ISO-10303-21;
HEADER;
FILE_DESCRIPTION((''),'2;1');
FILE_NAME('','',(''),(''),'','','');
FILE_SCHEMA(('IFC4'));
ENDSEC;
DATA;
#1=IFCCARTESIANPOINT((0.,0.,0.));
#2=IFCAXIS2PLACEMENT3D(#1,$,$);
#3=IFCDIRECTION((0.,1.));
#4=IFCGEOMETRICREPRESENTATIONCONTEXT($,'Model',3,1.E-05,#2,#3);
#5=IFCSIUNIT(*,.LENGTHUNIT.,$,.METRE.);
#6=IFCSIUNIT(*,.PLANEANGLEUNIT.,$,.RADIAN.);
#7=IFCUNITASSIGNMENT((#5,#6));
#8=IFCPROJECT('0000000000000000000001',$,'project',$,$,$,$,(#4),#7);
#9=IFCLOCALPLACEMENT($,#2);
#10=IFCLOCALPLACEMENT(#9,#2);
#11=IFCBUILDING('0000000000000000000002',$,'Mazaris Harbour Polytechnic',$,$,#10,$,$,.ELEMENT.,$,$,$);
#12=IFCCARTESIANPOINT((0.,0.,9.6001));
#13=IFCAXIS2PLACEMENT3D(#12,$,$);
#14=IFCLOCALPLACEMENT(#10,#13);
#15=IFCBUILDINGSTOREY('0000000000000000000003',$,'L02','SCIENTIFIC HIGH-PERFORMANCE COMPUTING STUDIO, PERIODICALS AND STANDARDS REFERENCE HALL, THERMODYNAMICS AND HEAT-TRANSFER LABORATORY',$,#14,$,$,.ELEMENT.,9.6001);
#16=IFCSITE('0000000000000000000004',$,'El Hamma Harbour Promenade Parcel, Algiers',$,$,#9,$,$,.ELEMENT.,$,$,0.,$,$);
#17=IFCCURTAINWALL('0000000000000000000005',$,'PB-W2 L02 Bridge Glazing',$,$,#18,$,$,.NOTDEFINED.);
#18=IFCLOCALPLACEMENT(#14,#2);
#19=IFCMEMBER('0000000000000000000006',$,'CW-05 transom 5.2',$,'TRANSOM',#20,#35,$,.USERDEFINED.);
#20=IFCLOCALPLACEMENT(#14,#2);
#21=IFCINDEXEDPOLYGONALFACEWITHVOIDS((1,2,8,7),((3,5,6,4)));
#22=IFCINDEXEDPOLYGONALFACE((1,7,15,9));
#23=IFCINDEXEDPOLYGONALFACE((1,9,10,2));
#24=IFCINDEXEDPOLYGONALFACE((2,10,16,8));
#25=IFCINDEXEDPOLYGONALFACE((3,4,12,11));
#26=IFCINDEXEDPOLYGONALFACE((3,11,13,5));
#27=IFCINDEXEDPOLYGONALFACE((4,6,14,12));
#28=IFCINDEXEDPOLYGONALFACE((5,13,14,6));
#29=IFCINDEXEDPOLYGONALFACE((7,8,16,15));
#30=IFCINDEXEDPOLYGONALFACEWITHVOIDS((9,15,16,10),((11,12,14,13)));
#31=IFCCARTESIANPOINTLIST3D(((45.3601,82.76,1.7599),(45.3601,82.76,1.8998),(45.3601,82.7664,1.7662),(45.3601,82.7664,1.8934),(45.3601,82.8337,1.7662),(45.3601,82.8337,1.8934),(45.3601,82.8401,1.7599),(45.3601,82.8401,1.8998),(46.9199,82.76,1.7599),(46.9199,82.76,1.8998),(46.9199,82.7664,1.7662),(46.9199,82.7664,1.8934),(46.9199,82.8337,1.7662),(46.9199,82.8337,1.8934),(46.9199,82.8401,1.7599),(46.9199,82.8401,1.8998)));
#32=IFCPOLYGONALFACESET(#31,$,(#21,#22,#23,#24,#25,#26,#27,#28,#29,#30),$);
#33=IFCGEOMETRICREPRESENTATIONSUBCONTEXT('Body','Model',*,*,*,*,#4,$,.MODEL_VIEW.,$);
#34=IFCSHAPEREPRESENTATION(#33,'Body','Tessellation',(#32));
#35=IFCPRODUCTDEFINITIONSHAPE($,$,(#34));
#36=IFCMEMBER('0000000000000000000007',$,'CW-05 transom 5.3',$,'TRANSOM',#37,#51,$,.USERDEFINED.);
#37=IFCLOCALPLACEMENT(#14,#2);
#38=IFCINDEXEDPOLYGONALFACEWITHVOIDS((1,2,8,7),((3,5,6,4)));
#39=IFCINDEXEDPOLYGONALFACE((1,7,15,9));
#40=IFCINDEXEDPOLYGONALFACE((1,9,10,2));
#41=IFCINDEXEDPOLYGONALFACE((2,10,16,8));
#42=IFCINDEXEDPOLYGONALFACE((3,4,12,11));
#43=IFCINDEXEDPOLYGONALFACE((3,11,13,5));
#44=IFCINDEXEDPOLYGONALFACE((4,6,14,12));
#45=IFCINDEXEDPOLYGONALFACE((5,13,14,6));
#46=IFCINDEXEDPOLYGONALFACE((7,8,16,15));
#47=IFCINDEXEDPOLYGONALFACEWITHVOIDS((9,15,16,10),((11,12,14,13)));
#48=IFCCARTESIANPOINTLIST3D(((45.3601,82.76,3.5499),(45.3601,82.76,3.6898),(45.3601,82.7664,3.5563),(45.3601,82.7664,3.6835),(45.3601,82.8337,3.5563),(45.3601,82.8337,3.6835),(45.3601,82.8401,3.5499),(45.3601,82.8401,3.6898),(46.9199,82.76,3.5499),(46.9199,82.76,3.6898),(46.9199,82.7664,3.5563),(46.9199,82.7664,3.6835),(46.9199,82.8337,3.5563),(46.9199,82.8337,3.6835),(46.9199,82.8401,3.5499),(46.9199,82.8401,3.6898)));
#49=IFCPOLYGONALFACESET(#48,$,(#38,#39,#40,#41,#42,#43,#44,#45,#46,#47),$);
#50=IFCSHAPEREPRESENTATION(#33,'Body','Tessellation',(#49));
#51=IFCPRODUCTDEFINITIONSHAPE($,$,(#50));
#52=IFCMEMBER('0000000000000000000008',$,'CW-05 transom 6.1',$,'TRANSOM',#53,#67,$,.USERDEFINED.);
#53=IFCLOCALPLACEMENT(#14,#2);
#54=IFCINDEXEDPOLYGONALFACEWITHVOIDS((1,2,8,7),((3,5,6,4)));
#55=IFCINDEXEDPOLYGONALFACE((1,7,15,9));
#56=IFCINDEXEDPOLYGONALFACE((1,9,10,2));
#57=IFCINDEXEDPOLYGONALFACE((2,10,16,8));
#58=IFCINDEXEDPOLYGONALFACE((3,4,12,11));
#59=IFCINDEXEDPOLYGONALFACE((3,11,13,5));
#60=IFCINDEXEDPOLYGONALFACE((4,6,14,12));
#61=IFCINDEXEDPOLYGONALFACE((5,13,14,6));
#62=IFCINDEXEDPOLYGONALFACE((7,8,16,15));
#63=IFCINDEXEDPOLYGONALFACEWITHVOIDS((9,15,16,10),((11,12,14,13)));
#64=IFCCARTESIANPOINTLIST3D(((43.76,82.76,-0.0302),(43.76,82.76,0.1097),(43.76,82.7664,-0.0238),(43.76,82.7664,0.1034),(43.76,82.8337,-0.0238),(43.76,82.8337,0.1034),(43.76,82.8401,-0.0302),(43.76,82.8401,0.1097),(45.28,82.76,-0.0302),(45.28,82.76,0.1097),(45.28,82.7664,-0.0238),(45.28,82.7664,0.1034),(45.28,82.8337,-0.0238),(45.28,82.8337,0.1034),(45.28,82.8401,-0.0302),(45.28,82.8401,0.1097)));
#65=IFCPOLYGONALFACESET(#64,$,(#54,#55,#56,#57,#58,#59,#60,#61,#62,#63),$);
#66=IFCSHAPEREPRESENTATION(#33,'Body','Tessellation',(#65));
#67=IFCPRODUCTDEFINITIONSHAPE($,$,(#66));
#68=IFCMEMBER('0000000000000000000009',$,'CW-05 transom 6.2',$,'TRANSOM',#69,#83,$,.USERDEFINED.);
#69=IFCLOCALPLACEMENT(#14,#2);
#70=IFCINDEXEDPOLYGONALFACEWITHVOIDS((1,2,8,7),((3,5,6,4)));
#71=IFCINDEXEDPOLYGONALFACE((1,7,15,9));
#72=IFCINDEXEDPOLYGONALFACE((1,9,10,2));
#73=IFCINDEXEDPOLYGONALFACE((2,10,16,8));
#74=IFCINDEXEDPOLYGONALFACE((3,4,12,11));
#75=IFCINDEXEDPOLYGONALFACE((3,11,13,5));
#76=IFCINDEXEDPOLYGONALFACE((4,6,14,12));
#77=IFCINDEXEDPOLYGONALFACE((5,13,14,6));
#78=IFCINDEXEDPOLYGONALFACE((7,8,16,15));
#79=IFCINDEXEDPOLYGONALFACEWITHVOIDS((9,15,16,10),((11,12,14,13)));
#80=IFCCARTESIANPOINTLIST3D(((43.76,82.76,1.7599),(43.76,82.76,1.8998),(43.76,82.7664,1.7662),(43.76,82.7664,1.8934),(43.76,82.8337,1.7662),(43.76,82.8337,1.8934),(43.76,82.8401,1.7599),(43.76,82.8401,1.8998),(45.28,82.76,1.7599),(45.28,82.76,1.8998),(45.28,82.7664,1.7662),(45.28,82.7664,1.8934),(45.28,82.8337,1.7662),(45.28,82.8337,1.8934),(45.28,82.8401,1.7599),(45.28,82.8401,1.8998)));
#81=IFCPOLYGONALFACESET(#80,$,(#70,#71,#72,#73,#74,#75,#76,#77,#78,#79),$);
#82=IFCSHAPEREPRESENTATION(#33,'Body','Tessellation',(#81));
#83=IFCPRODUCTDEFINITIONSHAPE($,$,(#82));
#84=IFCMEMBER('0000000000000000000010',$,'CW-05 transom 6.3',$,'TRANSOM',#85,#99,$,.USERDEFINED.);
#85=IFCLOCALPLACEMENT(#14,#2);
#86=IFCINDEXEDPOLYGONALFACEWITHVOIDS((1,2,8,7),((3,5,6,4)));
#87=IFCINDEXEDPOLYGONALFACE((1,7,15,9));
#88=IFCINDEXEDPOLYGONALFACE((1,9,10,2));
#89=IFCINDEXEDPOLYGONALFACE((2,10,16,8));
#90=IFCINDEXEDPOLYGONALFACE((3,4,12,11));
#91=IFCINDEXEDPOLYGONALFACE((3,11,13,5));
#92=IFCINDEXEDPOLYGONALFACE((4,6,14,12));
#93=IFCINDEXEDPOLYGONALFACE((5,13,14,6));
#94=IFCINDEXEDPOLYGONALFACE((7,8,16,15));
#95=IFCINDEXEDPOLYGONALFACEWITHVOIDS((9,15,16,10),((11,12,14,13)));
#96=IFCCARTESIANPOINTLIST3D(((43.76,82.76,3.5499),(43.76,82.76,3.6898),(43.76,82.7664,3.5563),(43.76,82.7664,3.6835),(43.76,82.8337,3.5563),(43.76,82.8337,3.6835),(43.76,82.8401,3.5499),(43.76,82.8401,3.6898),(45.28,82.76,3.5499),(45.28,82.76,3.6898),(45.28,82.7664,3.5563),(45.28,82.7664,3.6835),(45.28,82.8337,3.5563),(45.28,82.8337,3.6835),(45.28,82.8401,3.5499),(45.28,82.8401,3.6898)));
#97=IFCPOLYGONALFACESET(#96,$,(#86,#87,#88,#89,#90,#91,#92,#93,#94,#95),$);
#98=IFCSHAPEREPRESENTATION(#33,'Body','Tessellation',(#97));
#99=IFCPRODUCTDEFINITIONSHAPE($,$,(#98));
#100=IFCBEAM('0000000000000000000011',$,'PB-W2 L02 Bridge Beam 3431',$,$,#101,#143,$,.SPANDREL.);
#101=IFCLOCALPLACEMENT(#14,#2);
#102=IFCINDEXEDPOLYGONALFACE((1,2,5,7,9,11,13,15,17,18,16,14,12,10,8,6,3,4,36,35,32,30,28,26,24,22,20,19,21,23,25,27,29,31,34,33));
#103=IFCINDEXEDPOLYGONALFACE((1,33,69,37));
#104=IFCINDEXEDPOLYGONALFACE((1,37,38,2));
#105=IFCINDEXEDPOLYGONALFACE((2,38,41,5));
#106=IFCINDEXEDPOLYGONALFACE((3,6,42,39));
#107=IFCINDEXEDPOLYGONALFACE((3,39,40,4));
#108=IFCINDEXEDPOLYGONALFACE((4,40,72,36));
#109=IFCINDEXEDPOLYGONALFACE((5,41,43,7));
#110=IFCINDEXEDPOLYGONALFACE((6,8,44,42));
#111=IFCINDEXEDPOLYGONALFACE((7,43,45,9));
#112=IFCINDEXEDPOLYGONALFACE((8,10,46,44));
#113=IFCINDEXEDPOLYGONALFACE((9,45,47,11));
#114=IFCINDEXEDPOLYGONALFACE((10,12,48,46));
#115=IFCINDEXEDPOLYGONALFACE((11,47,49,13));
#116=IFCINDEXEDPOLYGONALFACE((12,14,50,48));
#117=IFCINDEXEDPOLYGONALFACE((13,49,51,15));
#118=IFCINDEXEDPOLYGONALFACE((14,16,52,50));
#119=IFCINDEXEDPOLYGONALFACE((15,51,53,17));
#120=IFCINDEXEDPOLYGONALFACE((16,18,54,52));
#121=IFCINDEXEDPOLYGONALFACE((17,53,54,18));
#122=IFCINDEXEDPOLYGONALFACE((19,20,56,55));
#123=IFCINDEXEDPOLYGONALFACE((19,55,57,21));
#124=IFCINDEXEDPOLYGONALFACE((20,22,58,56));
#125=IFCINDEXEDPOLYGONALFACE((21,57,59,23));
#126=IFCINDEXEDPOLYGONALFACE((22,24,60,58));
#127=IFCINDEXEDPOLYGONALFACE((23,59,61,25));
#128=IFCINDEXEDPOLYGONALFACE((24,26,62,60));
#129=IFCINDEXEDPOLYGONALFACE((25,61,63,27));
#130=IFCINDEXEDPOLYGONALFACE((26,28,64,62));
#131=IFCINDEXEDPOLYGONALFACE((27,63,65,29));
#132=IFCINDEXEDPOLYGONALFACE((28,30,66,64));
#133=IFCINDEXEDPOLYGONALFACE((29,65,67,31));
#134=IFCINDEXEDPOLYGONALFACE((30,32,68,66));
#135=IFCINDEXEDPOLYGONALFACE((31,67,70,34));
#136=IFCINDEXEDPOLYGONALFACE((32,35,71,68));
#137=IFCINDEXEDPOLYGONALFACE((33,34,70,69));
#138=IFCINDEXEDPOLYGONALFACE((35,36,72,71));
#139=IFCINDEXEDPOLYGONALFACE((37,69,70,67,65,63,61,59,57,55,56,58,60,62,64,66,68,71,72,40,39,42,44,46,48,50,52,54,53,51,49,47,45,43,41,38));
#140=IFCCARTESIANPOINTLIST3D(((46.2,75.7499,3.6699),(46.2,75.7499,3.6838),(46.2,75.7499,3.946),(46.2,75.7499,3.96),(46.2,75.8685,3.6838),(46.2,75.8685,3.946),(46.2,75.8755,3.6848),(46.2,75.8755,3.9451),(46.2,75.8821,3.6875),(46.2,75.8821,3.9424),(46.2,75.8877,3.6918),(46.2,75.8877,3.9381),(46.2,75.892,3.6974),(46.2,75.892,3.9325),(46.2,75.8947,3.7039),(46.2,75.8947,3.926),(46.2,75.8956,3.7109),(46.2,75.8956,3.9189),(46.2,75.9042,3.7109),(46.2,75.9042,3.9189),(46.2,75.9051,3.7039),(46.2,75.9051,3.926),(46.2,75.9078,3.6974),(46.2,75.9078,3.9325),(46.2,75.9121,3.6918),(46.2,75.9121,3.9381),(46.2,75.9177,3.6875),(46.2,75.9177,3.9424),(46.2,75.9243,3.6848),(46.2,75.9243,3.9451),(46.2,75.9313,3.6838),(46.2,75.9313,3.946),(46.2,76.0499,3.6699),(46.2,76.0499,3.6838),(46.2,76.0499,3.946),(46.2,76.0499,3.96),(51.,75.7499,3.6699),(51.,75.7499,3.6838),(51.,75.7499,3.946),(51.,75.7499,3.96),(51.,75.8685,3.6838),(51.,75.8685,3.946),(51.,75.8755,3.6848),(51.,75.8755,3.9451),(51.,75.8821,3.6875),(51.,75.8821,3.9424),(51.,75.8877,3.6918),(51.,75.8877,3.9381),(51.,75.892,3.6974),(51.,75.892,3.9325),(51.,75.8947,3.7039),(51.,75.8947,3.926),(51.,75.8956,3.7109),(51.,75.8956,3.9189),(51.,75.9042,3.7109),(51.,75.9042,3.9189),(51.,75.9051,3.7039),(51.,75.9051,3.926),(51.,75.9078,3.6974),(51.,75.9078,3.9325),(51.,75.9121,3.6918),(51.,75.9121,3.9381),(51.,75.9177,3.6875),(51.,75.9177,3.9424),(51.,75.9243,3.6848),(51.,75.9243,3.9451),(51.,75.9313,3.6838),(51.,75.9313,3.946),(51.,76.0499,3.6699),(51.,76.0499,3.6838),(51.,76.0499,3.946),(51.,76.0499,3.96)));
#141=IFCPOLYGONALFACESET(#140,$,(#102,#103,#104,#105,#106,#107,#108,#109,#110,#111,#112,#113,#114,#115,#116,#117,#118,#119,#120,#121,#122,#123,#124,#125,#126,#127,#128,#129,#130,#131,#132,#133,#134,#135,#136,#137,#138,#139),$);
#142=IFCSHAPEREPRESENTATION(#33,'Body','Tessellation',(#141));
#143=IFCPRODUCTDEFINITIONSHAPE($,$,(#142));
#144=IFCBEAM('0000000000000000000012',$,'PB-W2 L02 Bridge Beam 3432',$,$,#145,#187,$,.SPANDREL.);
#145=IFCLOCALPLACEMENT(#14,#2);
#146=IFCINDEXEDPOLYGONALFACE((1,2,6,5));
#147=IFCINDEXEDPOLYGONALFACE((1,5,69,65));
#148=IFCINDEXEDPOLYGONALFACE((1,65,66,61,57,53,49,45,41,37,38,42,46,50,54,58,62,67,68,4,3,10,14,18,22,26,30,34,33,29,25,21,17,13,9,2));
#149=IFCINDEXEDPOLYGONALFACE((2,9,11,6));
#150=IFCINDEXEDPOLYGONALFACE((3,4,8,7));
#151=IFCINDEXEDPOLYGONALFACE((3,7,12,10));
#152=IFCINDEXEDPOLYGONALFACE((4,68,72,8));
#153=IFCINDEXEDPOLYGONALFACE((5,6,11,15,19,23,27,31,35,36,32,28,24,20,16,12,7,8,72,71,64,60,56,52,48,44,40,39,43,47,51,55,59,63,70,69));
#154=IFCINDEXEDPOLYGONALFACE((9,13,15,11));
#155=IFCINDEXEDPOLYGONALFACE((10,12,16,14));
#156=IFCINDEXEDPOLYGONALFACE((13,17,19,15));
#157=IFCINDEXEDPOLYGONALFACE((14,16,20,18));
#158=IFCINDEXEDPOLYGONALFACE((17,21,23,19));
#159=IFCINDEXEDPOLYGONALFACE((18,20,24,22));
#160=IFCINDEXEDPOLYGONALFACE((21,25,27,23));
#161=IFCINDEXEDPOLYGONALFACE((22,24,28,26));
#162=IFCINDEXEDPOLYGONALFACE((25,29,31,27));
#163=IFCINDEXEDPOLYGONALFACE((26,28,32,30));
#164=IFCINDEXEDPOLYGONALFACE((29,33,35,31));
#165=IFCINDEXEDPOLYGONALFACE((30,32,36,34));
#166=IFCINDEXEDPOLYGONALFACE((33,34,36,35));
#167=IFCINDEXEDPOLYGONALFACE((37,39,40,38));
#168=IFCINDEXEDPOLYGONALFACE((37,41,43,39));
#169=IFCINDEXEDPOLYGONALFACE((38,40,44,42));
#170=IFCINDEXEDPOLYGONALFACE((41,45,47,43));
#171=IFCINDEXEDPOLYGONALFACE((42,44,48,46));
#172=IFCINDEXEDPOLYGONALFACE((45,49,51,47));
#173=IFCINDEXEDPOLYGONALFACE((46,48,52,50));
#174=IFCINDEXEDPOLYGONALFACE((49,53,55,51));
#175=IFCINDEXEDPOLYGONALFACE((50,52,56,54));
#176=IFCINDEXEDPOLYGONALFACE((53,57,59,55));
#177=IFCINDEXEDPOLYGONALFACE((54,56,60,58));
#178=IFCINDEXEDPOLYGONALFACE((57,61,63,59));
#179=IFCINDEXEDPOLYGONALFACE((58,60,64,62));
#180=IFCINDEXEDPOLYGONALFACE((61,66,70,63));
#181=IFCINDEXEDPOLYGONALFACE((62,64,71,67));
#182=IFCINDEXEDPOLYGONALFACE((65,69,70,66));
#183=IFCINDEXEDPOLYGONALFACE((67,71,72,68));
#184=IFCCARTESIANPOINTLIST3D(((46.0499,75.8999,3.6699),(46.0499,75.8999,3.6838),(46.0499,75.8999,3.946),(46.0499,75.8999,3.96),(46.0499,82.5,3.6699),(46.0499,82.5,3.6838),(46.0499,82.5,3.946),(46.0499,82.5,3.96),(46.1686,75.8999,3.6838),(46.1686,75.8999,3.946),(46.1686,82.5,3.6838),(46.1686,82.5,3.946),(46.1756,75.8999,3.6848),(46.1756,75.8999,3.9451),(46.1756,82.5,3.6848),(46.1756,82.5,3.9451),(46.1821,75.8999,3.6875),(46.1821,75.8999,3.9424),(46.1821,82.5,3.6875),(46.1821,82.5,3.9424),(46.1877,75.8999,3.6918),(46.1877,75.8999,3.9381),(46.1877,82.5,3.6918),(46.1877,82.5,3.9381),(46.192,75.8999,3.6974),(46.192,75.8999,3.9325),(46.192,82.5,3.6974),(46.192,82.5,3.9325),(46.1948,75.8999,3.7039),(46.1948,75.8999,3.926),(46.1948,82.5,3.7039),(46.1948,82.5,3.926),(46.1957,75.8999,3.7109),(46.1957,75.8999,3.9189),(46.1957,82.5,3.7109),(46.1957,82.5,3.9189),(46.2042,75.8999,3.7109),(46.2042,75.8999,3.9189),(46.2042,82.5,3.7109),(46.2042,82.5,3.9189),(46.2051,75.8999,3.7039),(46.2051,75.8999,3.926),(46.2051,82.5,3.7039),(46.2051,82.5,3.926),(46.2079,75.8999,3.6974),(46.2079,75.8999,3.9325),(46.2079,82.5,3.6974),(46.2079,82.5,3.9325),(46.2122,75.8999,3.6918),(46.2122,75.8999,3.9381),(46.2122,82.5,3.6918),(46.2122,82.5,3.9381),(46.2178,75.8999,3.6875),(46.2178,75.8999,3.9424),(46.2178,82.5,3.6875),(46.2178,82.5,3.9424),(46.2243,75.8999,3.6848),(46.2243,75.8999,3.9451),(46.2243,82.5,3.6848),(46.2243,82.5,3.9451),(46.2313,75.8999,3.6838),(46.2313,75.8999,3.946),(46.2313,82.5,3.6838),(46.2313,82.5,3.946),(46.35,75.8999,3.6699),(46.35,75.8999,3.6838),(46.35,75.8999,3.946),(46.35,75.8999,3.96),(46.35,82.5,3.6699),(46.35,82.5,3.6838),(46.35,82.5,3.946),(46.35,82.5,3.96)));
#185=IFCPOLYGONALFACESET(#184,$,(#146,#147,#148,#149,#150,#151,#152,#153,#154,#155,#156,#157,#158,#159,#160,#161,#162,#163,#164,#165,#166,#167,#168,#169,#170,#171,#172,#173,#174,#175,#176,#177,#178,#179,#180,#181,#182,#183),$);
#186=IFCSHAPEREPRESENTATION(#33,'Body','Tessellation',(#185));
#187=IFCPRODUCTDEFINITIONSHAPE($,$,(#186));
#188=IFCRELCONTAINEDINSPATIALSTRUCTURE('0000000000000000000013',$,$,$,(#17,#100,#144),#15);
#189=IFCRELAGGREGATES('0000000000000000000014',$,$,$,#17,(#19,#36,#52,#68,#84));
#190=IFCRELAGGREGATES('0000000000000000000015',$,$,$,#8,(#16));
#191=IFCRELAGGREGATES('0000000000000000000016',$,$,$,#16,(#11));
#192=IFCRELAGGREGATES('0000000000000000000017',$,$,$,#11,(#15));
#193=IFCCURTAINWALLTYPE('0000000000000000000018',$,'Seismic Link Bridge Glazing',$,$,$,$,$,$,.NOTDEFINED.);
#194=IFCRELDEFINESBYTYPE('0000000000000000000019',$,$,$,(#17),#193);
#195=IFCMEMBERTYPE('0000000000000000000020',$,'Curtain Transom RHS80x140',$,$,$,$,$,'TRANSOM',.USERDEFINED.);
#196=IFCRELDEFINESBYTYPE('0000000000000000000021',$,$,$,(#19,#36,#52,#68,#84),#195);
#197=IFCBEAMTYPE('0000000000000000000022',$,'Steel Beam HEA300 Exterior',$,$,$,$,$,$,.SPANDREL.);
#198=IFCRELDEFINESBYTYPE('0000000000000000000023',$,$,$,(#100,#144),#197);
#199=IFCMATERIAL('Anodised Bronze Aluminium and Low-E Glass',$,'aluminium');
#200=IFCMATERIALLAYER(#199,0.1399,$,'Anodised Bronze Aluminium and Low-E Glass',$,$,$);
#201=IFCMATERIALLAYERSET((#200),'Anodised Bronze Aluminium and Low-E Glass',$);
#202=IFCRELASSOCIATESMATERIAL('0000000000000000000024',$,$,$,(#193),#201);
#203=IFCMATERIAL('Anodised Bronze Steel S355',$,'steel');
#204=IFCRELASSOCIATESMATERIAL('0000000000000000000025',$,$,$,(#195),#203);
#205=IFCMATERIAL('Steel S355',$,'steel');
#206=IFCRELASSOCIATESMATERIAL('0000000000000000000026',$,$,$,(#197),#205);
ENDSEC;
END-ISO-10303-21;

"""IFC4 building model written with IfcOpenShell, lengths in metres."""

from ifc_helpers import new_model, si_unit, direction, frame, origin, origin_2d, place, context, subcontext, project, spatial, hollow_rectangle, i_section, extrude, material, layer, layer_set, material_profile, profile_set, type_object, element, aggregate, save


model = new_model("IFC4")

# Units and contexts
model_context = context("Model", 3, precision=1e-05, world=origin(), true_north=direction((0.0, 1.0)))
body_context = subcontext(model_context, "Body", "Model", "MODEL_VIEW")
ifc_project = project(units=[si_unit("LENGTHUNIT", "METRE"), si_unit("PLANEANGLEUNIT", "RADIAN")], contexts=[model_context])

# Site, building, storey
site_placement = place(None, origin())
site = spatial("IfcSite", under=ifc_project, at=site_placement, Name="El Hamma Harbour Promenade Parcel, Algiers", CompositionType="ELEMENT", RefElevation=0.0)
building_placement = place(site_placement, origin())
building = spatial("IfcBuilding", under=site, at=building_placement, Name="Mazaris Harbour Polytechnic", CompositionType="ELEMENT")
storey_placement = place(building_placement, frame((0.0, 0.0, 9.6001)))
storey = spatial("IfcBuildingStorey", under=building, at=storey_placement, Name="L02", Description="SCIENTIFIC HIGH-PERFORMANCE COMPUTING STUDIO, PERIODICALS AND STANDARDS REFERENCE HALL, THERMODYNAMICS AND HEAT-TRANSFER LABORATORY", CompositionType="ELEMENT", Elevation=9.6001)

# Curtain wall, members
ifc_material_1 = material(Name="Anodised Bronze Aluminium and Low-E Glass", Category="aluminium")
ifc_layer_1 = layer(ifc_material_1, 0.1399, Name="Anodised Bronze Aluminium and Low-E Glass")
ifc_layer_set_1 = layer_set([ifc_layer_1], Name="Anodised Bronze Aluminium and Low-E Glass")
curtain_wall_type = type_object("IfcCurtainWallType", Name="Seismic Link Bridge Glazing", PredefinedType="NOTDEFINED", material=ifc_layer_set_1)
curtain_wall_placement = place(storey_placement, origin())
curtain_wall = element("IfcCurtainWall", 1, at=curtain_wall_placement, inside=storey, type_object=curtain_wall_type, Name="PB-W2 L02 Bridge Glazing", PredefinedType="NOTDEFINED")
ifc_material_2 = material(Name="Anodised Bronze Steel S355", Category="steel")
ifc_material_profile_1 = material_profile(ifc_material_2, hollow_rectangle(XDim=0.0801, YDim=0.1399, WallThickness=0.0063, at=origin_2d()), Name="RHS 80x140x6.3")
ifc_profile_set_1 = profile_set([ifc_material_profile_1], Name="Anodised Bronze Steel S355")
member_type_1 = type_object("IfcMemberType", Name="Curtain Transom RHS80x140", ElementType="TRANSOM", PredefinedType="USERDEFINED", material=ifc_profile_set_1)
member_1_placement = place(storey_placement, frame((46.9199, 82.8, 1.8298), z_axis=(-1.0, 0.0, 0.0), x_axis=(0.0, -1.0, 0.0)))
member_1 = element("IfcMember", 2, at=member_1_placement, type_object=member_type_1, Name="CW-05 transom 5.2", ObjectType="TRANSOM", PredefinedType="USERDEFINED", context=body_context, shape_type="SweptSolid", body=[
    extrude(hollow_rectangle(XDim=0.0801, YDim=0.1399, WallThickness=0.0063, at=origin_2d()), origin(), (0.0, 0.0, 1.0), 1.5598),
])
member_2_placement = place(storey_placement, frame((46.9199, 82.8, 3.6199), z_axis=(-1.0, 0.0, 0.0), x_axis=(0.0, -1.0, 0.0)))
member_2 = element("IfcMember", 3, at=member_2_placement, type_object=member_type_1, Name="CW-05 transom 5.3", ObjectType="TRANSOM", PredefinedType="USERDEFINED", context=body_context, shape_type="SweptSolid", body=[
    extrude(hollow_rectangle(XDim=0.0801, YDim=0.1399, WallThickness=0.0063, at=origin_2d()), origin(), (0.0, 0.0, 1.0), 1.5598),
])
member_3_placement = place(storey_placement, frame((45.28, 82.8, 0.0398), z_axis=(-1.0, 0.0, 0.0), x_axis=(0.0, -1.0, 0.0)))
member_3 = element("IfcMember", 4, at=member_3_placement, type_object=member_type_1, Name="CW-05 transom 6.1", ObjectType="TRANSOM", PredefinedType="USERDEFINED", context=body_context, shape_type="SweptSolid", body=[
    extrude(hollow_rectangle(XDim=0.0801, YDim=0.1399, WallThickness=0.0063, at=origin_2d()), origin(), (0.0, 0.0, 1.0), 1.52),
])
member_4_placement = place(storey_placement, frame((45.28, 82.8, 1.8298), z_axis=(-1.0, 0.0, 0.0), x_axis=(0.0, -1.0, 0.0)))
member_4 = element("IfcMember", 5, at=member_4_placement, type_object=member_type_1, Name="CW-05 transom 6.2", ObjectType="TRANSOM", PredefinedType="USERDEFINED", context=body_context, shape_type="SweptSolid", body=[
    extrude(hollow_rectangle(XDim=0.0801, YDim=0.1399, WallThickness=0.0063, at=origin_2d()), origin(), (0.0, 0.0, 1.0), 1.52),
])
member_5_placement = place(storey_placement, frame((45.28, 82.8, 3.6199), z_axis=(-1.0, 0.0, 0.0), x_axis=(0.0, -1.0, 0.0)))
member_5 = element("IfcMember", 6, at=member_5_placement, type_object=member_type_1, Name="CW-05 transom 6.3", ObjectType="TRANSOM", PredefinedType="USERDEFINED", context=body_context, shape_type="SweptSolid", body=[
    extrude(hollow_rectangle(XDim=0.0801, YDim=0.1399, WallThickness=0.0063, at=origin_2d()), origin(), (0.0, 0.0, 1.0), 1.52),
])

# Beams
ifc_material_3 = material(Name="Steel S355", Category="steel")
ifc_material_profile_2 = material_profile(ifc_material_3, i_section(OverallWidth=0.3, OverallDepth=0.29, WebThickness=0.0085, FlangeThickness=0.0139, FilletRadius=0.0271, at=origin_2d()), Name="HEA 300")
ifc_profile_set_2 = profile_set([ifc_material_profile_2], Name="Steel S355")
beam_type = type_object("IfcBeamType", Name="Steel Beam HEA300 Exterior", PredefinedType="SPANDREL", material=ifc_profile_set_2)
beam_1_placement = place(storey_placement, frame((46.2, 75.8999, 3.8149), z_axis=(1.0, 0.0, 0.0), x_axis=(0.0, 1.0, 0.0)))
element("IfcBeam", 7, at=beam_1_placement, inside=storey, type_object=beam_type, Name="PB-W2 L02 Bridge Beam 3431", PredefinedType="SPANDREL", context=body_context, shape_type="SweptSolid", body=[
    extrude(i_section(OverallWidth=0.3, OverallDepth=0.29, WebThickness=0.0085, FlangeThickness=0.0139, FilletRadius=0.0271, at=origin_2d()), origin(), (0.0, 0.0, 1.0), 4.8),
])
for number, where, z_axis, x_axis, name in (
    (8, (46.2, 75.8999, 3.8149), (0.0, 1.0, 0.0), (-1.0, 0.0, 0.0), "PB-W2 L02 Bridge Beam 3432"),
):
    element("IfcBeam", number, at=place(storey_placement, frame(where, z_axis=z_axis, x_axis=x_axis)), inside=storey, type_object=beam_type, Name=name, PredefinedType="SPANDREL", context=body_context, shape_type="SweptSolid", body=[
        extrude(i_section(OverallWidth=0.3, OverallDepth=0.29, WebThickness=0.0085, FlangeThickness=0.0139, FilletRadius=0.0271, at=origin_2d()), origin(), (0.0, 0.0, 1.0), 6.6001),
    ])

aggregate(curtain_wall, [member_1, member_2, member_3, member_4, member_5])

save(model, "model.ifc")
